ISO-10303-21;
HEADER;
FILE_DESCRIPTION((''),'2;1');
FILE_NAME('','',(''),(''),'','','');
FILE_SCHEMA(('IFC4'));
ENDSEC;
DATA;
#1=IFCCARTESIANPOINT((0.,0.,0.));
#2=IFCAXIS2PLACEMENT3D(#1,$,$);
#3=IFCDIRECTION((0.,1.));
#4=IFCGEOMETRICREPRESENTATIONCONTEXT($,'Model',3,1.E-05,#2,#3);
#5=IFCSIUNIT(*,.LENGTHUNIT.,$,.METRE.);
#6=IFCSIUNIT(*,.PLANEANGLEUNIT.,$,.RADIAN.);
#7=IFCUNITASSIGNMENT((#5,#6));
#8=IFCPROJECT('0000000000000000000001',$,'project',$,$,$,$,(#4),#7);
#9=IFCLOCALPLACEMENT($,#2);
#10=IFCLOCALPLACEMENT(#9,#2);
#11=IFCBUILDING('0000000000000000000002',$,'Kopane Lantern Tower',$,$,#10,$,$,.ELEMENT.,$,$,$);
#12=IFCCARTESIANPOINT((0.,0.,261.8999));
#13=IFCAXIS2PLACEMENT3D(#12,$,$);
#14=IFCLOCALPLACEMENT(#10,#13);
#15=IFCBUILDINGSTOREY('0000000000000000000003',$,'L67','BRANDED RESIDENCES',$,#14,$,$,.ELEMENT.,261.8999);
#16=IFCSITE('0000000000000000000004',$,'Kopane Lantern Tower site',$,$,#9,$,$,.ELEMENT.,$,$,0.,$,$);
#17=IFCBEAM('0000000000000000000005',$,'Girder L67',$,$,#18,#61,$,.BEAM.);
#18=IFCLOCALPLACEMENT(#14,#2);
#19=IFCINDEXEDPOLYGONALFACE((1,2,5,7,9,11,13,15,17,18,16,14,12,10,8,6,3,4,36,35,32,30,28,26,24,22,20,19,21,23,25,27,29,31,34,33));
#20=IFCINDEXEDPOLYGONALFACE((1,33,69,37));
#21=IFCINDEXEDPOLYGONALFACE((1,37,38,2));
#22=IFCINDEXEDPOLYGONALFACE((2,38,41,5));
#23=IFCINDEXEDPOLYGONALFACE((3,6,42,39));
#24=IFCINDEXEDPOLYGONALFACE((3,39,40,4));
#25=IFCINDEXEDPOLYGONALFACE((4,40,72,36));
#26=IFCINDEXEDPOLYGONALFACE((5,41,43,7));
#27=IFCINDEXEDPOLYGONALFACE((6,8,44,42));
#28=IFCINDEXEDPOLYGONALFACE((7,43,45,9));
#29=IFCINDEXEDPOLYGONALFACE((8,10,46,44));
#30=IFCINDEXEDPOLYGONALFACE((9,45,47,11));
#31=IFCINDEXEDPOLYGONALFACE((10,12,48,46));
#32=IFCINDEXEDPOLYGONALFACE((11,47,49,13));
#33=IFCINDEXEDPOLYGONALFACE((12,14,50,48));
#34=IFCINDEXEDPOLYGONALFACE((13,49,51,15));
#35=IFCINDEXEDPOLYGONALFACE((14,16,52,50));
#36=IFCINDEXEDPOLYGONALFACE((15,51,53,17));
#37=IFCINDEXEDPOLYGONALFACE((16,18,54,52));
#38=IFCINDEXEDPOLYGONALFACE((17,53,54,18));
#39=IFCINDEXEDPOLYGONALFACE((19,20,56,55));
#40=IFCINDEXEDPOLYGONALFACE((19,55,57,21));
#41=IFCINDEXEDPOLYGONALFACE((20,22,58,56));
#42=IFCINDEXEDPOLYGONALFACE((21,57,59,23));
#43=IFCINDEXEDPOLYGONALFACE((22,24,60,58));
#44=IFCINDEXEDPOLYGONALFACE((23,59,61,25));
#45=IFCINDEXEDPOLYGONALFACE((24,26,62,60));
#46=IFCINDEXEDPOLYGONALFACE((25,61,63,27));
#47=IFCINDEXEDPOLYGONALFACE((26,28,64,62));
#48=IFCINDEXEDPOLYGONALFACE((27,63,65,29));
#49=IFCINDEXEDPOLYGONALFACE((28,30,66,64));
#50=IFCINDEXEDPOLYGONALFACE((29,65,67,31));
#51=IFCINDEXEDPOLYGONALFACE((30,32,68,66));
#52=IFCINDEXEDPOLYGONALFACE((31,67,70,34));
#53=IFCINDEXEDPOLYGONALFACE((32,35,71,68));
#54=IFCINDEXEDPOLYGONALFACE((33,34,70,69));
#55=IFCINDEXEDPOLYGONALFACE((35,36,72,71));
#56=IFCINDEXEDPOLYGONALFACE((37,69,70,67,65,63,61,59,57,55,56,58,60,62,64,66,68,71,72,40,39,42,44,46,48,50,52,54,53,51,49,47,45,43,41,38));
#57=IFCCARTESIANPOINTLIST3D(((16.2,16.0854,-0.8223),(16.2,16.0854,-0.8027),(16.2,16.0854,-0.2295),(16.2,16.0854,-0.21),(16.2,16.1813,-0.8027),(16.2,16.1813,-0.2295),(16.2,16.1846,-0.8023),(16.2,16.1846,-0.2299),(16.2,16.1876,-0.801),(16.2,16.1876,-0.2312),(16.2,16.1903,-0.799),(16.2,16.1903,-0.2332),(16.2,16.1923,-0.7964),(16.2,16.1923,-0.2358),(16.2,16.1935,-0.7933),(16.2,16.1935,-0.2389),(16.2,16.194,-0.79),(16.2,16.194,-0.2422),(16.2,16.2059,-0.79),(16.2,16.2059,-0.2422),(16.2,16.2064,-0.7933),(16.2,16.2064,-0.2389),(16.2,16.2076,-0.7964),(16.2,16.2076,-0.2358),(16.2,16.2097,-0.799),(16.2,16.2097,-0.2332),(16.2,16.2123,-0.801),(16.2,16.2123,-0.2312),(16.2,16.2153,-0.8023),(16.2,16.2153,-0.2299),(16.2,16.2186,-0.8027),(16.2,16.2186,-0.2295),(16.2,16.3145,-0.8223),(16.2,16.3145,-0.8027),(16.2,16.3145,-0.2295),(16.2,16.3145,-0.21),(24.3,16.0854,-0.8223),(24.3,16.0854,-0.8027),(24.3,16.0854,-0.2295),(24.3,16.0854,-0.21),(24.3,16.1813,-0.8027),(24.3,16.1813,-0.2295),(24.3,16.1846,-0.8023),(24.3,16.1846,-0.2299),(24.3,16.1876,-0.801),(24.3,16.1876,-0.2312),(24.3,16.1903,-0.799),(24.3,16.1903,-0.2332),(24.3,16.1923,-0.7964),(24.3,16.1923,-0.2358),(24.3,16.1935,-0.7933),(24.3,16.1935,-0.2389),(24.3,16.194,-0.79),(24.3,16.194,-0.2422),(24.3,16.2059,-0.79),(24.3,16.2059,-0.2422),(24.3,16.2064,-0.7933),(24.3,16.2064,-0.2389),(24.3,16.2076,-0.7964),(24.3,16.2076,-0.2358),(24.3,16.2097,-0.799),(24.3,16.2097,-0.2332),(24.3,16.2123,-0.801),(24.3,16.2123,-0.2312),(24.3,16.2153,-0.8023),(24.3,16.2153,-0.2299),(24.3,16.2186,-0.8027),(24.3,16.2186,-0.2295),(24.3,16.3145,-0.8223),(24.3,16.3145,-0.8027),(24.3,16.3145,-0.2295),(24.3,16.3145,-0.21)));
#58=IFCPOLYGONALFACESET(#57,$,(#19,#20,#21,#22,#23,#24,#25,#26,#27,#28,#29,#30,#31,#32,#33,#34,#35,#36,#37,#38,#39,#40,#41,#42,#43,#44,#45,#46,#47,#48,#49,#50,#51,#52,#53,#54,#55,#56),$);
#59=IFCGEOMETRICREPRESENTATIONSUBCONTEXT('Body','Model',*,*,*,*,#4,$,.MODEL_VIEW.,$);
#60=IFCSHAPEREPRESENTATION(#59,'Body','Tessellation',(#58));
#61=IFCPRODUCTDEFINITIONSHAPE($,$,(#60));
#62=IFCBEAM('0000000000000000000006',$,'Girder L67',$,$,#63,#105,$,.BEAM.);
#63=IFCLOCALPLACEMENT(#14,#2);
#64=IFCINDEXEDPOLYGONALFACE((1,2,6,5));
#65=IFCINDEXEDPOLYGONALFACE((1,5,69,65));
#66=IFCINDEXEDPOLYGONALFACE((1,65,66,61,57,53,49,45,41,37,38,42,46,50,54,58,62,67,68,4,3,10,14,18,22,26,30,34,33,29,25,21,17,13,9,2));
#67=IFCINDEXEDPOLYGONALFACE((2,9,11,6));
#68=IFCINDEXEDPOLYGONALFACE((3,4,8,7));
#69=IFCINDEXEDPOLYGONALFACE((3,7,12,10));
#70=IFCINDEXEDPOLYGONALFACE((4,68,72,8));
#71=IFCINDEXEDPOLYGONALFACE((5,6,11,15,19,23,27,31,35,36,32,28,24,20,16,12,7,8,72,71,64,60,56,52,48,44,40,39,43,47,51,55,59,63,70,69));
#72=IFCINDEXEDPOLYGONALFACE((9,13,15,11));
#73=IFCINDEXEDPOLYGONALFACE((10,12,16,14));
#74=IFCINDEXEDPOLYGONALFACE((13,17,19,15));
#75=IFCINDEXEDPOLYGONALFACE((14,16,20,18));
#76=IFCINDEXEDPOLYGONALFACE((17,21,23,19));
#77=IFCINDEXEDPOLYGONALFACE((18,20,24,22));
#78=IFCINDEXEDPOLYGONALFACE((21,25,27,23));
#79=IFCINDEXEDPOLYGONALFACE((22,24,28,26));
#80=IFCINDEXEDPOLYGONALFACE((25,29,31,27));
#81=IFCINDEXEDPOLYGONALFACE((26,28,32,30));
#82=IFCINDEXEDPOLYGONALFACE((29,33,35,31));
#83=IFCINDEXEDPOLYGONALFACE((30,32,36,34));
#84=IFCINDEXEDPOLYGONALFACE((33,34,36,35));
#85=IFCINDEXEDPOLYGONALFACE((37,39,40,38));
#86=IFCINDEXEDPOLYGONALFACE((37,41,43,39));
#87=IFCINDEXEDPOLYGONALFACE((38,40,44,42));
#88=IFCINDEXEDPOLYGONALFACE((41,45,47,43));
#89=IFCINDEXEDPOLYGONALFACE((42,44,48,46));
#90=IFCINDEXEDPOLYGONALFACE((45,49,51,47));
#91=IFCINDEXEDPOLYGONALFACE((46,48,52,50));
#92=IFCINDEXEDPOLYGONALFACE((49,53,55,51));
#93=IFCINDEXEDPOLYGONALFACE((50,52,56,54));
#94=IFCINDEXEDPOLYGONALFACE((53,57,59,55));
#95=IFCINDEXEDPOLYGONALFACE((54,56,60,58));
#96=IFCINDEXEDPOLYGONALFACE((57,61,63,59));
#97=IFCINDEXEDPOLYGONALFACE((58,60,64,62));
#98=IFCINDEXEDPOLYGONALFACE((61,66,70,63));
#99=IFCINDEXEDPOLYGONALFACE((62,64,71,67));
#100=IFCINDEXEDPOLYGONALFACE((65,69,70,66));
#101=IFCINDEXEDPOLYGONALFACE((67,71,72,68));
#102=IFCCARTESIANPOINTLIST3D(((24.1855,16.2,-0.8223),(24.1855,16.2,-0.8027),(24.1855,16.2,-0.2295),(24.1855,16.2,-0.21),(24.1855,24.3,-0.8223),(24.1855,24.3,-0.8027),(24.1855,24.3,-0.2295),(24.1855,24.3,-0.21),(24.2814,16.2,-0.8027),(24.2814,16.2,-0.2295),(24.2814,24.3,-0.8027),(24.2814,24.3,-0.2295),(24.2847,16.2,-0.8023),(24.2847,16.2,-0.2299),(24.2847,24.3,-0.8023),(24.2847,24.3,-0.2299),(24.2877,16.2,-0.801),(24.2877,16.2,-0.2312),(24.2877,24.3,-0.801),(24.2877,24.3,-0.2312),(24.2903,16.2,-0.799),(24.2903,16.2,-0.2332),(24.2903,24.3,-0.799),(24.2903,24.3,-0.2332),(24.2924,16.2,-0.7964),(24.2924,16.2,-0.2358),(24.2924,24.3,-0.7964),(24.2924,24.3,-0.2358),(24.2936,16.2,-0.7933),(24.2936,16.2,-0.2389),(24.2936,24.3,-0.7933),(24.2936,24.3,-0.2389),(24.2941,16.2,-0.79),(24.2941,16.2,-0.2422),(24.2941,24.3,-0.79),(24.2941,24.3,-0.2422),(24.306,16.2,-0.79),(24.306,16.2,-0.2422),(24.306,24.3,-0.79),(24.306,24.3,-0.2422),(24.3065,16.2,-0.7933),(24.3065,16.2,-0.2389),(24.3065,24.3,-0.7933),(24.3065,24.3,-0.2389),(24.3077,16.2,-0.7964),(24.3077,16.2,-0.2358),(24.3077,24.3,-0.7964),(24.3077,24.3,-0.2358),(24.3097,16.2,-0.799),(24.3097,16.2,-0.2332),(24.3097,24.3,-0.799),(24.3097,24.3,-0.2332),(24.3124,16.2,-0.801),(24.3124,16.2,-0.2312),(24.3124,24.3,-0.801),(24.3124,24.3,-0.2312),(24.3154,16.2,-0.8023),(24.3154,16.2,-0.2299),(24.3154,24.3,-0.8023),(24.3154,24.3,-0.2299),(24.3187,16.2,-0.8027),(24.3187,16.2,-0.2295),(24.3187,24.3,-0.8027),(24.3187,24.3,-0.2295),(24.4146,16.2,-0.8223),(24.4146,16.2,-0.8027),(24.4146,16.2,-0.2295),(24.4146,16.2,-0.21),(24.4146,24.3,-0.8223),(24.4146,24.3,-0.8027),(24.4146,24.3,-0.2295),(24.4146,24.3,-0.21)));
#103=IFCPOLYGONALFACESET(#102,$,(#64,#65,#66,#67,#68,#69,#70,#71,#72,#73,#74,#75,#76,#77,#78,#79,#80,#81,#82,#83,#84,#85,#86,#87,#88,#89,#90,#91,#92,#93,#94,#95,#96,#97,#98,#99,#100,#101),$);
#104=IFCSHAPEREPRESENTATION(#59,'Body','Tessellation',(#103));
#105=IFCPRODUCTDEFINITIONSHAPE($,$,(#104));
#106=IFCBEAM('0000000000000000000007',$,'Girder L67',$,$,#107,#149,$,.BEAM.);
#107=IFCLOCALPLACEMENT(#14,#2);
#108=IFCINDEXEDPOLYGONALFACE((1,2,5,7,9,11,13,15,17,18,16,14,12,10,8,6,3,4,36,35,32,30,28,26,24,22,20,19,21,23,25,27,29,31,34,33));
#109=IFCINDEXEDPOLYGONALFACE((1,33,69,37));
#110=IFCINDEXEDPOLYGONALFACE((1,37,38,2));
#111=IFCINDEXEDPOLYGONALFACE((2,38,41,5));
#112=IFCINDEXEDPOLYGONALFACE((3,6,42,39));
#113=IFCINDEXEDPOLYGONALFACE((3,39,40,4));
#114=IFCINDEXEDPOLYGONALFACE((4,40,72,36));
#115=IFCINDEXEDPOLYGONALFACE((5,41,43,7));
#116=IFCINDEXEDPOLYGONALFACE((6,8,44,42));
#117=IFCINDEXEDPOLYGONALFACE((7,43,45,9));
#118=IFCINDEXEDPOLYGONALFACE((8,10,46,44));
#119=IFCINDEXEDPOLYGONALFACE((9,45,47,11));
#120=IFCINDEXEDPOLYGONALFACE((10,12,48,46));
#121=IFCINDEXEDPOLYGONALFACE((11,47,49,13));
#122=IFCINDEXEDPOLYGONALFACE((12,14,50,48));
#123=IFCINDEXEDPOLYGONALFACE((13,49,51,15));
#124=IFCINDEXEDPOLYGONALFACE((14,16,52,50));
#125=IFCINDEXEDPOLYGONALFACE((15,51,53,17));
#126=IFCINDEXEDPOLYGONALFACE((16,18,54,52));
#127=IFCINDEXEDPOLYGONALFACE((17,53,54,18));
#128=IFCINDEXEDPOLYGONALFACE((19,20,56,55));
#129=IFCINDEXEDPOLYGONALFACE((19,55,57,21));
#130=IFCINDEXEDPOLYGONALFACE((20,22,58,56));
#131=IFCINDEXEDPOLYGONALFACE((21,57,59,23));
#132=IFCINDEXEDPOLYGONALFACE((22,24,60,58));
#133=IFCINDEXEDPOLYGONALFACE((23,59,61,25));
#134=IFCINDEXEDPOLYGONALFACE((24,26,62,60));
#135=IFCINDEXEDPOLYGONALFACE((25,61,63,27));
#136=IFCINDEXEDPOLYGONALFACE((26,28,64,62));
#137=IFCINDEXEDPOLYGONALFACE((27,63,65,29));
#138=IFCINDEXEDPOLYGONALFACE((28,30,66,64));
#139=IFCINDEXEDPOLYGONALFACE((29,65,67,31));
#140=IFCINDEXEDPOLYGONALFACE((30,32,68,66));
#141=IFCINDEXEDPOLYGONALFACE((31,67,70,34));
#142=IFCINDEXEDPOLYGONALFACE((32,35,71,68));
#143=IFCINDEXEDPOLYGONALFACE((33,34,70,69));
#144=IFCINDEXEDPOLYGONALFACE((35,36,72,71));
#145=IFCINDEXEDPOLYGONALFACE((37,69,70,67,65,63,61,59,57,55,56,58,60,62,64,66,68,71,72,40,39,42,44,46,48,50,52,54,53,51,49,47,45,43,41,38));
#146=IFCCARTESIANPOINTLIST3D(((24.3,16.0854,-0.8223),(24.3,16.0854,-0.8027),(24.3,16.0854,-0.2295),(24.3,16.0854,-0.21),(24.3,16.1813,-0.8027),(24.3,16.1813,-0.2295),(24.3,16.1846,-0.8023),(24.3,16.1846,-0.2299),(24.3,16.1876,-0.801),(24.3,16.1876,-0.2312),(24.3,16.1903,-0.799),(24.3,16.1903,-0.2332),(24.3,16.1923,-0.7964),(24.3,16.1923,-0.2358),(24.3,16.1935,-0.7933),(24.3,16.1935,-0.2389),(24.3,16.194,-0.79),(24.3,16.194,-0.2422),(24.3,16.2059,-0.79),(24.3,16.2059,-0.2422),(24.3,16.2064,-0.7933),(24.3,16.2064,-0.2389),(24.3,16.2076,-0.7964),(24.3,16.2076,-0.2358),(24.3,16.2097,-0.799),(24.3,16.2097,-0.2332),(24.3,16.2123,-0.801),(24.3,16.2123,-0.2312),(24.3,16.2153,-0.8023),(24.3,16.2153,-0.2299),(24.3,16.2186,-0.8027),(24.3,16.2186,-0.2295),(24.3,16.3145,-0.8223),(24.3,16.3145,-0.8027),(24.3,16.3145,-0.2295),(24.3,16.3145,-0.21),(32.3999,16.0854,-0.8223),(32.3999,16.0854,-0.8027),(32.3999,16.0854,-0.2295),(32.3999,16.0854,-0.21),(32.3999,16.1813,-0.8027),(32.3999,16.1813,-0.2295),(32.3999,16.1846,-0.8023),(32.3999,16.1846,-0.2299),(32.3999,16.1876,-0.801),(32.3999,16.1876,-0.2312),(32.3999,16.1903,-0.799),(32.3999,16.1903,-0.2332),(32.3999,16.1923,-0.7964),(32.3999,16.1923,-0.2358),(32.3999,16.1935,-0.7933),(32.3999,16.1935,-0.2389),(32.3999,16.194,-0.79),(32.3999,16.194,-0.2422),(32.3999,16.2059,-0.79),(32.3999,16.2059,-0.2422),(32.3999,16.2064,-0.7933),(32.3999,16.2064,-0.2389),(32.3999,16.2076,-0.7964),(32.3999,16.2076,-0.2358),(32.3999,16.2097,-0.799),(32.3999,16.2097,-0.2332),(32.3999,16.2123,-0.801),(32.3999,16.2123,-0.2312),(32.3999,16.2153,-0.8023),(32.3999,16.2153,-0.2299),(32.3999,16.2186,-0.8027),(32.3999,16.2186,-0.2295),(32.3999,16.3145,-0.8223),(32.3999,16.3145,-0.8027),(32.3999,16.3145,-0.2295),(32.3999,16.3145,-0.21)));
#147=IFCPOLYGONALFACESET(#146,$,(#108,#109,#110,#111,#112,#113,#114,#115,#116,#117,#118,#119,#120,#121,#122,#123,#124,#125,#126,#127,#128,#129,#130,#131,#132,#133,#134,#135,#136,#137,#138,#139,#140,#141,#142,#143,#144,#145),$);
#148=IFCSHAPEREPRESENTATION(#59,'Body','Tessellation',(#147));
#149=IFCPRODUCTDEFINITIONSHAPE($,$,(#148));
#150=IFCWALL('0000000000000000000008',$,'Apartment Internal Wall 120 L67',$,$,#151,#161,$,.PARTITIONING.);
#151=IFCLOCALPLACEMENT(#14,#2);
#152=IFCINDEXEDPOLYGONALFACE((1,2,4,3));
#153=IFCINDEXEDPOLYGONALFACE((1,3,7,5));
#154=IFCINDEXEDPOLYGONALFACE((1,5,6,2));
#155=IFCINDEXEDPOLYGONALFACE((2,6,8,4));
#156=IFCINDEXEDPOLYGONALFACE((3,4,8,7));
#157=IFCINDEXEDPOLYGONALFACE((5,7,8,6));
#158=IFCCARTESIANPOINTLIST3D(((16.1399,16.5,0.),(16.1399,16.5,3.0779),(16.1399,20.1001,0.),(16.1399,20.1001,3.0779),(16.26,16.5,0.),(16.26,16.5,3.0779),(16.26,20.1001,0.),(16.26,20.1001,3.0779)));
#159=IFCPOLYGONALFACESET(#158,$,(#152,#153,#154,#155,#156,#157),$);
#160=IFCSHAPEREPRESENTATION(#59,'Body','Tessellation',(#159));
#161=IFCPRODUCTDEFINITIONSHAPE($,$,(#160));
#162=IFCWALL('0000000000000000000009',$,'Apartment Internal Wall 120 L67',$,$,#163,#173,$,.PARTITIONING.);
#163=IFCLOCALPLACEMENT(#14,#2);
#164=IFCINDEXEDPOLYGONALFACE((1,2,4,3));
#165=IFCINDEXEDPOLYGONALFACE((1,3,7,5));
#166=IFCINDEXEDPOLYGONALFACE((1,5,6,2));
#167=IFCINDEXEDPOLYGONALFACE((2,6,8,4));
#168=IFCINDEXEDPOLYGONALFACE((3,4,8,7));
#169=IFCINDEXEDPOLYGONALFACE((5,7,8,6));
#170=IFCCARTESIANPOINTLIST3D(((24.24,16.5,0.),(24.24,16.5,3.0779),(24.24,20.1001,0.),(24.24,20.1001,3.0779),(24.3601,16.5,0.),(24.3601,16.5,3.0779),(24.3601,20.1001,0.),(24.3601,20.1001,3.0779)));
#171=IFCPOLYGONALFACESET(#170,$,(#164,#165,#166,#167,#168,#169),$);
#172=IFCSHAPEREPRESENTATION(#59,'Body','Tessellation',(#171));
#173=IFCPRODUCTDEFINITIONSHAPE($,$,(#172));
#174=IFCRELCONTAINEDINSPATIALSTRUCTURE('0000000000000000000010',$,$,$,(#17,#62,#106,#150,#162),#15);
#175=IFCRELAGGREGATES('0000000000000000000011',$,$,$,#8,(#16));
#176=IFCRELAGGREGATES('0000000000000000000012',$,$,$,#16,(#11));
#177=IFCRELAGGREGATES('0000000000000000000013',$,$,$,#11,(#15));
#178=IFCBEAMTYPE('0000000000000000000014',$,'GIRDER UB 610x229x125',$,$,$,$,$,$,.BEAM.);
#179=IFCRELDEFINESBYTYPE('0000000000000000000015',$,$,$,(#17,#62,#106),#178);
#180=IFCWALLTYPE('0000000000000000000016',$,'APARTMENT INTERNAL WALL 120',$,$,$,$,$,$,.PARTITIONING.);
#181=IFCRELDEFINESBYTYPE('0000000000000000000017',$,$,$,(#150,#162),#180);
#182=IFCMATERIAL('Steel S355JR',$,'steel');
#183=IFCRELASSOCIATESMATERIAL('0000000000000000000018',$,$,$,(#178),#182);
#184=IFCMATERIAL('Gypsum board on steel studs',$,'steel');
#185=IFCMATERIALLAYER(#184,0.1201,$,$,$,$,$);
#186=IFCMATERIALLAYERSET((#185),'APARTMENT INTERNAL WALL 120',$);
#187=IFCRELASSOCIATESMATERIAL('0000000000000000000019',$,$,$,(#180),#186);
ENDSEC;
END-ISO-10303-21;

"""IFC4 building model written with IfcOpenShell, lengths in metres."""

from ifc_helpers import new_model, si_unit, direction, frame, frame_2d, origin, origin_2d, place, context, subcontext, project, spatial, rectangle, i_section, extrude, material, layer, layer_set, material_profile, profile_set, type_object, element, save


model = new_model("IFC4")

# Units and contexts
model_context = context("Model", 3, precision=1e-05, world=origin(), true_north=direction((0.0, 1.0)))
body_context = subcontext(model_context, "Body", "Model", "MODEL_VIEW")
ifc_project = project(units=[si_unit("LENGTHUNIT", "METRE"), si_unit("PLANEANGLEUNIT", "RADIAN")], contexts=[model_context])

# Site, building, storey
site_placement = place(None, origin())
site = spatial("IfcSite", under=ifc_project, at=site_placement, Name="Kopane Lantern Tower site", CompositionType="ELEMENT", RefElevation=0.0)
building_placement = place(site_placement, origin())
building = spatial("IfcBuilding", under=site, at=building_placement, Name="Kopane Lantern Tower", CompositionType="ELEMENT")
storey_placement = place(building_placement, frame((0.0, 0.0, 261.8999)))
storey = spatial("IfcBuildingStorey", under=building, at=storey_placement, Name="L67", Description="BRANDED RESIDENCES", CompositionType="ELEMENT", Elevation=261.8999)

# Beams
ifc_material_1 = material(Name="Steel S355JR", Category="steel")
ifc_material_profile_1 = material_profile(ifc_material_1, i_section(OverallWidth=0.229, OverallDepth=0.6123, WebThickness=0.012, FlangeThickness=0.0195, FilletRadius=0.0127, at=origin_2d()), Name="UB 610x229x125")
ifc_profile_set_1 = profile_set([ifc_material_profile_1], Name="Steel S355JR")
beam_type = type_object("IfcBeamType", Name="GIRDER UB 610x229x125", PredefinedType="BEAM", material=ifc_profile_set_1)
for number, where, z_axis, x_axis, name in (
    (1, (16.2, 16.2, -0.5161), (1.0, 0.0, 0.0), (0.0, 1.0, 0.0), "Girder L67"),
    (2, (24.3, 16.2, -0.5161), (0.0, 1.0, 0.0), (-1.0, 0.0, 0.0), "Girder L67"),
):
    element("IfcBeam", number, at=place(storey_placement, frame(where, z_axis=z_axis, x_axis=x_axis)), inside=storey, type_object=beam_type, Name=name, PredefinedType="BEAM", context=body_context, shape_type="SweptSolid", body=[
        extrude(i_section(OverallWidth=0.229, OverallDepth=0.6123, WebThickness=0.012, FlangeThickness=0.0195, FilletRadius=0.0127, at=origin_2d()), origin(), (0.0, 0.0, 1.0), 8.1001),
    ])
beam_placement = place(storey_placement, frame((24.3, 16.2, -0.5161), z_axis=(1.0, 0.0, 0.0), x_axis=(0.0, 1.0, 0.0)))
element("IfcBeam", 3, at=beam_placement, inside=storey, type_object=beam_type, Name="Girder L67", PredefinedType="BEAM", context=body_context, shape_type="SweptSolid", body=[
    extrude(i_section(OverallWidth=0.229, OverallDepth=0.6123, WebThickness=0.012, FlangeThickness=0.0195, FilletRadius=0.0127, at=origin_2d()), origin(), (0.0, 0.0, 1.0), 8.0999),
])

# Walls
ifc_material_2 = material(Name="Gypsum board on steel studs", Category="steel")
ifc_layer_1 = layer(ifc_material_2, 0.1201)
ifc_layer_set_1 = layer_set([ifc_layer_1], Name="APARTMENT INTERNAL WALL 120")
wall_type_1 = type_object("IfcWallType", Name="APARTMENT INTERNAL WALL 120", PredefinedType="PARTITIONING", material=ifc_layer_set_1)
for number, where, z_axis, x_axis, name in (
    (4, (16.2, 20.1001, 0.0), (0.0, 0.0, 1.0), (0.0, -1.0, 0.0), "Apartment Internal Wall 120 L67"),
    (5, (24.3, 20.1001, 0.0), (0.0, 0.0, 1.0), (0.0, -1.0, 0.0), "Apartment Internal Wall 120 L67"),
):
    element("IfcWall", number, at=place(storey_placement, frame(where, z_axis=z_axis, x_axis=x_axis)), inside=storey, type_object=wall_type_1, Name=name, PredefinedType="PARTITIONING", context=body_context, shape_type="SweptSolid", body=[
        extrude(rectangle(XDim=3.6001, YDim=0.1201, at=frame_2d((1.8, 0.0))), origin(), (0.0, 0.0, 1.0), 3.0779),
    ])

save(model, "model.ifc")
